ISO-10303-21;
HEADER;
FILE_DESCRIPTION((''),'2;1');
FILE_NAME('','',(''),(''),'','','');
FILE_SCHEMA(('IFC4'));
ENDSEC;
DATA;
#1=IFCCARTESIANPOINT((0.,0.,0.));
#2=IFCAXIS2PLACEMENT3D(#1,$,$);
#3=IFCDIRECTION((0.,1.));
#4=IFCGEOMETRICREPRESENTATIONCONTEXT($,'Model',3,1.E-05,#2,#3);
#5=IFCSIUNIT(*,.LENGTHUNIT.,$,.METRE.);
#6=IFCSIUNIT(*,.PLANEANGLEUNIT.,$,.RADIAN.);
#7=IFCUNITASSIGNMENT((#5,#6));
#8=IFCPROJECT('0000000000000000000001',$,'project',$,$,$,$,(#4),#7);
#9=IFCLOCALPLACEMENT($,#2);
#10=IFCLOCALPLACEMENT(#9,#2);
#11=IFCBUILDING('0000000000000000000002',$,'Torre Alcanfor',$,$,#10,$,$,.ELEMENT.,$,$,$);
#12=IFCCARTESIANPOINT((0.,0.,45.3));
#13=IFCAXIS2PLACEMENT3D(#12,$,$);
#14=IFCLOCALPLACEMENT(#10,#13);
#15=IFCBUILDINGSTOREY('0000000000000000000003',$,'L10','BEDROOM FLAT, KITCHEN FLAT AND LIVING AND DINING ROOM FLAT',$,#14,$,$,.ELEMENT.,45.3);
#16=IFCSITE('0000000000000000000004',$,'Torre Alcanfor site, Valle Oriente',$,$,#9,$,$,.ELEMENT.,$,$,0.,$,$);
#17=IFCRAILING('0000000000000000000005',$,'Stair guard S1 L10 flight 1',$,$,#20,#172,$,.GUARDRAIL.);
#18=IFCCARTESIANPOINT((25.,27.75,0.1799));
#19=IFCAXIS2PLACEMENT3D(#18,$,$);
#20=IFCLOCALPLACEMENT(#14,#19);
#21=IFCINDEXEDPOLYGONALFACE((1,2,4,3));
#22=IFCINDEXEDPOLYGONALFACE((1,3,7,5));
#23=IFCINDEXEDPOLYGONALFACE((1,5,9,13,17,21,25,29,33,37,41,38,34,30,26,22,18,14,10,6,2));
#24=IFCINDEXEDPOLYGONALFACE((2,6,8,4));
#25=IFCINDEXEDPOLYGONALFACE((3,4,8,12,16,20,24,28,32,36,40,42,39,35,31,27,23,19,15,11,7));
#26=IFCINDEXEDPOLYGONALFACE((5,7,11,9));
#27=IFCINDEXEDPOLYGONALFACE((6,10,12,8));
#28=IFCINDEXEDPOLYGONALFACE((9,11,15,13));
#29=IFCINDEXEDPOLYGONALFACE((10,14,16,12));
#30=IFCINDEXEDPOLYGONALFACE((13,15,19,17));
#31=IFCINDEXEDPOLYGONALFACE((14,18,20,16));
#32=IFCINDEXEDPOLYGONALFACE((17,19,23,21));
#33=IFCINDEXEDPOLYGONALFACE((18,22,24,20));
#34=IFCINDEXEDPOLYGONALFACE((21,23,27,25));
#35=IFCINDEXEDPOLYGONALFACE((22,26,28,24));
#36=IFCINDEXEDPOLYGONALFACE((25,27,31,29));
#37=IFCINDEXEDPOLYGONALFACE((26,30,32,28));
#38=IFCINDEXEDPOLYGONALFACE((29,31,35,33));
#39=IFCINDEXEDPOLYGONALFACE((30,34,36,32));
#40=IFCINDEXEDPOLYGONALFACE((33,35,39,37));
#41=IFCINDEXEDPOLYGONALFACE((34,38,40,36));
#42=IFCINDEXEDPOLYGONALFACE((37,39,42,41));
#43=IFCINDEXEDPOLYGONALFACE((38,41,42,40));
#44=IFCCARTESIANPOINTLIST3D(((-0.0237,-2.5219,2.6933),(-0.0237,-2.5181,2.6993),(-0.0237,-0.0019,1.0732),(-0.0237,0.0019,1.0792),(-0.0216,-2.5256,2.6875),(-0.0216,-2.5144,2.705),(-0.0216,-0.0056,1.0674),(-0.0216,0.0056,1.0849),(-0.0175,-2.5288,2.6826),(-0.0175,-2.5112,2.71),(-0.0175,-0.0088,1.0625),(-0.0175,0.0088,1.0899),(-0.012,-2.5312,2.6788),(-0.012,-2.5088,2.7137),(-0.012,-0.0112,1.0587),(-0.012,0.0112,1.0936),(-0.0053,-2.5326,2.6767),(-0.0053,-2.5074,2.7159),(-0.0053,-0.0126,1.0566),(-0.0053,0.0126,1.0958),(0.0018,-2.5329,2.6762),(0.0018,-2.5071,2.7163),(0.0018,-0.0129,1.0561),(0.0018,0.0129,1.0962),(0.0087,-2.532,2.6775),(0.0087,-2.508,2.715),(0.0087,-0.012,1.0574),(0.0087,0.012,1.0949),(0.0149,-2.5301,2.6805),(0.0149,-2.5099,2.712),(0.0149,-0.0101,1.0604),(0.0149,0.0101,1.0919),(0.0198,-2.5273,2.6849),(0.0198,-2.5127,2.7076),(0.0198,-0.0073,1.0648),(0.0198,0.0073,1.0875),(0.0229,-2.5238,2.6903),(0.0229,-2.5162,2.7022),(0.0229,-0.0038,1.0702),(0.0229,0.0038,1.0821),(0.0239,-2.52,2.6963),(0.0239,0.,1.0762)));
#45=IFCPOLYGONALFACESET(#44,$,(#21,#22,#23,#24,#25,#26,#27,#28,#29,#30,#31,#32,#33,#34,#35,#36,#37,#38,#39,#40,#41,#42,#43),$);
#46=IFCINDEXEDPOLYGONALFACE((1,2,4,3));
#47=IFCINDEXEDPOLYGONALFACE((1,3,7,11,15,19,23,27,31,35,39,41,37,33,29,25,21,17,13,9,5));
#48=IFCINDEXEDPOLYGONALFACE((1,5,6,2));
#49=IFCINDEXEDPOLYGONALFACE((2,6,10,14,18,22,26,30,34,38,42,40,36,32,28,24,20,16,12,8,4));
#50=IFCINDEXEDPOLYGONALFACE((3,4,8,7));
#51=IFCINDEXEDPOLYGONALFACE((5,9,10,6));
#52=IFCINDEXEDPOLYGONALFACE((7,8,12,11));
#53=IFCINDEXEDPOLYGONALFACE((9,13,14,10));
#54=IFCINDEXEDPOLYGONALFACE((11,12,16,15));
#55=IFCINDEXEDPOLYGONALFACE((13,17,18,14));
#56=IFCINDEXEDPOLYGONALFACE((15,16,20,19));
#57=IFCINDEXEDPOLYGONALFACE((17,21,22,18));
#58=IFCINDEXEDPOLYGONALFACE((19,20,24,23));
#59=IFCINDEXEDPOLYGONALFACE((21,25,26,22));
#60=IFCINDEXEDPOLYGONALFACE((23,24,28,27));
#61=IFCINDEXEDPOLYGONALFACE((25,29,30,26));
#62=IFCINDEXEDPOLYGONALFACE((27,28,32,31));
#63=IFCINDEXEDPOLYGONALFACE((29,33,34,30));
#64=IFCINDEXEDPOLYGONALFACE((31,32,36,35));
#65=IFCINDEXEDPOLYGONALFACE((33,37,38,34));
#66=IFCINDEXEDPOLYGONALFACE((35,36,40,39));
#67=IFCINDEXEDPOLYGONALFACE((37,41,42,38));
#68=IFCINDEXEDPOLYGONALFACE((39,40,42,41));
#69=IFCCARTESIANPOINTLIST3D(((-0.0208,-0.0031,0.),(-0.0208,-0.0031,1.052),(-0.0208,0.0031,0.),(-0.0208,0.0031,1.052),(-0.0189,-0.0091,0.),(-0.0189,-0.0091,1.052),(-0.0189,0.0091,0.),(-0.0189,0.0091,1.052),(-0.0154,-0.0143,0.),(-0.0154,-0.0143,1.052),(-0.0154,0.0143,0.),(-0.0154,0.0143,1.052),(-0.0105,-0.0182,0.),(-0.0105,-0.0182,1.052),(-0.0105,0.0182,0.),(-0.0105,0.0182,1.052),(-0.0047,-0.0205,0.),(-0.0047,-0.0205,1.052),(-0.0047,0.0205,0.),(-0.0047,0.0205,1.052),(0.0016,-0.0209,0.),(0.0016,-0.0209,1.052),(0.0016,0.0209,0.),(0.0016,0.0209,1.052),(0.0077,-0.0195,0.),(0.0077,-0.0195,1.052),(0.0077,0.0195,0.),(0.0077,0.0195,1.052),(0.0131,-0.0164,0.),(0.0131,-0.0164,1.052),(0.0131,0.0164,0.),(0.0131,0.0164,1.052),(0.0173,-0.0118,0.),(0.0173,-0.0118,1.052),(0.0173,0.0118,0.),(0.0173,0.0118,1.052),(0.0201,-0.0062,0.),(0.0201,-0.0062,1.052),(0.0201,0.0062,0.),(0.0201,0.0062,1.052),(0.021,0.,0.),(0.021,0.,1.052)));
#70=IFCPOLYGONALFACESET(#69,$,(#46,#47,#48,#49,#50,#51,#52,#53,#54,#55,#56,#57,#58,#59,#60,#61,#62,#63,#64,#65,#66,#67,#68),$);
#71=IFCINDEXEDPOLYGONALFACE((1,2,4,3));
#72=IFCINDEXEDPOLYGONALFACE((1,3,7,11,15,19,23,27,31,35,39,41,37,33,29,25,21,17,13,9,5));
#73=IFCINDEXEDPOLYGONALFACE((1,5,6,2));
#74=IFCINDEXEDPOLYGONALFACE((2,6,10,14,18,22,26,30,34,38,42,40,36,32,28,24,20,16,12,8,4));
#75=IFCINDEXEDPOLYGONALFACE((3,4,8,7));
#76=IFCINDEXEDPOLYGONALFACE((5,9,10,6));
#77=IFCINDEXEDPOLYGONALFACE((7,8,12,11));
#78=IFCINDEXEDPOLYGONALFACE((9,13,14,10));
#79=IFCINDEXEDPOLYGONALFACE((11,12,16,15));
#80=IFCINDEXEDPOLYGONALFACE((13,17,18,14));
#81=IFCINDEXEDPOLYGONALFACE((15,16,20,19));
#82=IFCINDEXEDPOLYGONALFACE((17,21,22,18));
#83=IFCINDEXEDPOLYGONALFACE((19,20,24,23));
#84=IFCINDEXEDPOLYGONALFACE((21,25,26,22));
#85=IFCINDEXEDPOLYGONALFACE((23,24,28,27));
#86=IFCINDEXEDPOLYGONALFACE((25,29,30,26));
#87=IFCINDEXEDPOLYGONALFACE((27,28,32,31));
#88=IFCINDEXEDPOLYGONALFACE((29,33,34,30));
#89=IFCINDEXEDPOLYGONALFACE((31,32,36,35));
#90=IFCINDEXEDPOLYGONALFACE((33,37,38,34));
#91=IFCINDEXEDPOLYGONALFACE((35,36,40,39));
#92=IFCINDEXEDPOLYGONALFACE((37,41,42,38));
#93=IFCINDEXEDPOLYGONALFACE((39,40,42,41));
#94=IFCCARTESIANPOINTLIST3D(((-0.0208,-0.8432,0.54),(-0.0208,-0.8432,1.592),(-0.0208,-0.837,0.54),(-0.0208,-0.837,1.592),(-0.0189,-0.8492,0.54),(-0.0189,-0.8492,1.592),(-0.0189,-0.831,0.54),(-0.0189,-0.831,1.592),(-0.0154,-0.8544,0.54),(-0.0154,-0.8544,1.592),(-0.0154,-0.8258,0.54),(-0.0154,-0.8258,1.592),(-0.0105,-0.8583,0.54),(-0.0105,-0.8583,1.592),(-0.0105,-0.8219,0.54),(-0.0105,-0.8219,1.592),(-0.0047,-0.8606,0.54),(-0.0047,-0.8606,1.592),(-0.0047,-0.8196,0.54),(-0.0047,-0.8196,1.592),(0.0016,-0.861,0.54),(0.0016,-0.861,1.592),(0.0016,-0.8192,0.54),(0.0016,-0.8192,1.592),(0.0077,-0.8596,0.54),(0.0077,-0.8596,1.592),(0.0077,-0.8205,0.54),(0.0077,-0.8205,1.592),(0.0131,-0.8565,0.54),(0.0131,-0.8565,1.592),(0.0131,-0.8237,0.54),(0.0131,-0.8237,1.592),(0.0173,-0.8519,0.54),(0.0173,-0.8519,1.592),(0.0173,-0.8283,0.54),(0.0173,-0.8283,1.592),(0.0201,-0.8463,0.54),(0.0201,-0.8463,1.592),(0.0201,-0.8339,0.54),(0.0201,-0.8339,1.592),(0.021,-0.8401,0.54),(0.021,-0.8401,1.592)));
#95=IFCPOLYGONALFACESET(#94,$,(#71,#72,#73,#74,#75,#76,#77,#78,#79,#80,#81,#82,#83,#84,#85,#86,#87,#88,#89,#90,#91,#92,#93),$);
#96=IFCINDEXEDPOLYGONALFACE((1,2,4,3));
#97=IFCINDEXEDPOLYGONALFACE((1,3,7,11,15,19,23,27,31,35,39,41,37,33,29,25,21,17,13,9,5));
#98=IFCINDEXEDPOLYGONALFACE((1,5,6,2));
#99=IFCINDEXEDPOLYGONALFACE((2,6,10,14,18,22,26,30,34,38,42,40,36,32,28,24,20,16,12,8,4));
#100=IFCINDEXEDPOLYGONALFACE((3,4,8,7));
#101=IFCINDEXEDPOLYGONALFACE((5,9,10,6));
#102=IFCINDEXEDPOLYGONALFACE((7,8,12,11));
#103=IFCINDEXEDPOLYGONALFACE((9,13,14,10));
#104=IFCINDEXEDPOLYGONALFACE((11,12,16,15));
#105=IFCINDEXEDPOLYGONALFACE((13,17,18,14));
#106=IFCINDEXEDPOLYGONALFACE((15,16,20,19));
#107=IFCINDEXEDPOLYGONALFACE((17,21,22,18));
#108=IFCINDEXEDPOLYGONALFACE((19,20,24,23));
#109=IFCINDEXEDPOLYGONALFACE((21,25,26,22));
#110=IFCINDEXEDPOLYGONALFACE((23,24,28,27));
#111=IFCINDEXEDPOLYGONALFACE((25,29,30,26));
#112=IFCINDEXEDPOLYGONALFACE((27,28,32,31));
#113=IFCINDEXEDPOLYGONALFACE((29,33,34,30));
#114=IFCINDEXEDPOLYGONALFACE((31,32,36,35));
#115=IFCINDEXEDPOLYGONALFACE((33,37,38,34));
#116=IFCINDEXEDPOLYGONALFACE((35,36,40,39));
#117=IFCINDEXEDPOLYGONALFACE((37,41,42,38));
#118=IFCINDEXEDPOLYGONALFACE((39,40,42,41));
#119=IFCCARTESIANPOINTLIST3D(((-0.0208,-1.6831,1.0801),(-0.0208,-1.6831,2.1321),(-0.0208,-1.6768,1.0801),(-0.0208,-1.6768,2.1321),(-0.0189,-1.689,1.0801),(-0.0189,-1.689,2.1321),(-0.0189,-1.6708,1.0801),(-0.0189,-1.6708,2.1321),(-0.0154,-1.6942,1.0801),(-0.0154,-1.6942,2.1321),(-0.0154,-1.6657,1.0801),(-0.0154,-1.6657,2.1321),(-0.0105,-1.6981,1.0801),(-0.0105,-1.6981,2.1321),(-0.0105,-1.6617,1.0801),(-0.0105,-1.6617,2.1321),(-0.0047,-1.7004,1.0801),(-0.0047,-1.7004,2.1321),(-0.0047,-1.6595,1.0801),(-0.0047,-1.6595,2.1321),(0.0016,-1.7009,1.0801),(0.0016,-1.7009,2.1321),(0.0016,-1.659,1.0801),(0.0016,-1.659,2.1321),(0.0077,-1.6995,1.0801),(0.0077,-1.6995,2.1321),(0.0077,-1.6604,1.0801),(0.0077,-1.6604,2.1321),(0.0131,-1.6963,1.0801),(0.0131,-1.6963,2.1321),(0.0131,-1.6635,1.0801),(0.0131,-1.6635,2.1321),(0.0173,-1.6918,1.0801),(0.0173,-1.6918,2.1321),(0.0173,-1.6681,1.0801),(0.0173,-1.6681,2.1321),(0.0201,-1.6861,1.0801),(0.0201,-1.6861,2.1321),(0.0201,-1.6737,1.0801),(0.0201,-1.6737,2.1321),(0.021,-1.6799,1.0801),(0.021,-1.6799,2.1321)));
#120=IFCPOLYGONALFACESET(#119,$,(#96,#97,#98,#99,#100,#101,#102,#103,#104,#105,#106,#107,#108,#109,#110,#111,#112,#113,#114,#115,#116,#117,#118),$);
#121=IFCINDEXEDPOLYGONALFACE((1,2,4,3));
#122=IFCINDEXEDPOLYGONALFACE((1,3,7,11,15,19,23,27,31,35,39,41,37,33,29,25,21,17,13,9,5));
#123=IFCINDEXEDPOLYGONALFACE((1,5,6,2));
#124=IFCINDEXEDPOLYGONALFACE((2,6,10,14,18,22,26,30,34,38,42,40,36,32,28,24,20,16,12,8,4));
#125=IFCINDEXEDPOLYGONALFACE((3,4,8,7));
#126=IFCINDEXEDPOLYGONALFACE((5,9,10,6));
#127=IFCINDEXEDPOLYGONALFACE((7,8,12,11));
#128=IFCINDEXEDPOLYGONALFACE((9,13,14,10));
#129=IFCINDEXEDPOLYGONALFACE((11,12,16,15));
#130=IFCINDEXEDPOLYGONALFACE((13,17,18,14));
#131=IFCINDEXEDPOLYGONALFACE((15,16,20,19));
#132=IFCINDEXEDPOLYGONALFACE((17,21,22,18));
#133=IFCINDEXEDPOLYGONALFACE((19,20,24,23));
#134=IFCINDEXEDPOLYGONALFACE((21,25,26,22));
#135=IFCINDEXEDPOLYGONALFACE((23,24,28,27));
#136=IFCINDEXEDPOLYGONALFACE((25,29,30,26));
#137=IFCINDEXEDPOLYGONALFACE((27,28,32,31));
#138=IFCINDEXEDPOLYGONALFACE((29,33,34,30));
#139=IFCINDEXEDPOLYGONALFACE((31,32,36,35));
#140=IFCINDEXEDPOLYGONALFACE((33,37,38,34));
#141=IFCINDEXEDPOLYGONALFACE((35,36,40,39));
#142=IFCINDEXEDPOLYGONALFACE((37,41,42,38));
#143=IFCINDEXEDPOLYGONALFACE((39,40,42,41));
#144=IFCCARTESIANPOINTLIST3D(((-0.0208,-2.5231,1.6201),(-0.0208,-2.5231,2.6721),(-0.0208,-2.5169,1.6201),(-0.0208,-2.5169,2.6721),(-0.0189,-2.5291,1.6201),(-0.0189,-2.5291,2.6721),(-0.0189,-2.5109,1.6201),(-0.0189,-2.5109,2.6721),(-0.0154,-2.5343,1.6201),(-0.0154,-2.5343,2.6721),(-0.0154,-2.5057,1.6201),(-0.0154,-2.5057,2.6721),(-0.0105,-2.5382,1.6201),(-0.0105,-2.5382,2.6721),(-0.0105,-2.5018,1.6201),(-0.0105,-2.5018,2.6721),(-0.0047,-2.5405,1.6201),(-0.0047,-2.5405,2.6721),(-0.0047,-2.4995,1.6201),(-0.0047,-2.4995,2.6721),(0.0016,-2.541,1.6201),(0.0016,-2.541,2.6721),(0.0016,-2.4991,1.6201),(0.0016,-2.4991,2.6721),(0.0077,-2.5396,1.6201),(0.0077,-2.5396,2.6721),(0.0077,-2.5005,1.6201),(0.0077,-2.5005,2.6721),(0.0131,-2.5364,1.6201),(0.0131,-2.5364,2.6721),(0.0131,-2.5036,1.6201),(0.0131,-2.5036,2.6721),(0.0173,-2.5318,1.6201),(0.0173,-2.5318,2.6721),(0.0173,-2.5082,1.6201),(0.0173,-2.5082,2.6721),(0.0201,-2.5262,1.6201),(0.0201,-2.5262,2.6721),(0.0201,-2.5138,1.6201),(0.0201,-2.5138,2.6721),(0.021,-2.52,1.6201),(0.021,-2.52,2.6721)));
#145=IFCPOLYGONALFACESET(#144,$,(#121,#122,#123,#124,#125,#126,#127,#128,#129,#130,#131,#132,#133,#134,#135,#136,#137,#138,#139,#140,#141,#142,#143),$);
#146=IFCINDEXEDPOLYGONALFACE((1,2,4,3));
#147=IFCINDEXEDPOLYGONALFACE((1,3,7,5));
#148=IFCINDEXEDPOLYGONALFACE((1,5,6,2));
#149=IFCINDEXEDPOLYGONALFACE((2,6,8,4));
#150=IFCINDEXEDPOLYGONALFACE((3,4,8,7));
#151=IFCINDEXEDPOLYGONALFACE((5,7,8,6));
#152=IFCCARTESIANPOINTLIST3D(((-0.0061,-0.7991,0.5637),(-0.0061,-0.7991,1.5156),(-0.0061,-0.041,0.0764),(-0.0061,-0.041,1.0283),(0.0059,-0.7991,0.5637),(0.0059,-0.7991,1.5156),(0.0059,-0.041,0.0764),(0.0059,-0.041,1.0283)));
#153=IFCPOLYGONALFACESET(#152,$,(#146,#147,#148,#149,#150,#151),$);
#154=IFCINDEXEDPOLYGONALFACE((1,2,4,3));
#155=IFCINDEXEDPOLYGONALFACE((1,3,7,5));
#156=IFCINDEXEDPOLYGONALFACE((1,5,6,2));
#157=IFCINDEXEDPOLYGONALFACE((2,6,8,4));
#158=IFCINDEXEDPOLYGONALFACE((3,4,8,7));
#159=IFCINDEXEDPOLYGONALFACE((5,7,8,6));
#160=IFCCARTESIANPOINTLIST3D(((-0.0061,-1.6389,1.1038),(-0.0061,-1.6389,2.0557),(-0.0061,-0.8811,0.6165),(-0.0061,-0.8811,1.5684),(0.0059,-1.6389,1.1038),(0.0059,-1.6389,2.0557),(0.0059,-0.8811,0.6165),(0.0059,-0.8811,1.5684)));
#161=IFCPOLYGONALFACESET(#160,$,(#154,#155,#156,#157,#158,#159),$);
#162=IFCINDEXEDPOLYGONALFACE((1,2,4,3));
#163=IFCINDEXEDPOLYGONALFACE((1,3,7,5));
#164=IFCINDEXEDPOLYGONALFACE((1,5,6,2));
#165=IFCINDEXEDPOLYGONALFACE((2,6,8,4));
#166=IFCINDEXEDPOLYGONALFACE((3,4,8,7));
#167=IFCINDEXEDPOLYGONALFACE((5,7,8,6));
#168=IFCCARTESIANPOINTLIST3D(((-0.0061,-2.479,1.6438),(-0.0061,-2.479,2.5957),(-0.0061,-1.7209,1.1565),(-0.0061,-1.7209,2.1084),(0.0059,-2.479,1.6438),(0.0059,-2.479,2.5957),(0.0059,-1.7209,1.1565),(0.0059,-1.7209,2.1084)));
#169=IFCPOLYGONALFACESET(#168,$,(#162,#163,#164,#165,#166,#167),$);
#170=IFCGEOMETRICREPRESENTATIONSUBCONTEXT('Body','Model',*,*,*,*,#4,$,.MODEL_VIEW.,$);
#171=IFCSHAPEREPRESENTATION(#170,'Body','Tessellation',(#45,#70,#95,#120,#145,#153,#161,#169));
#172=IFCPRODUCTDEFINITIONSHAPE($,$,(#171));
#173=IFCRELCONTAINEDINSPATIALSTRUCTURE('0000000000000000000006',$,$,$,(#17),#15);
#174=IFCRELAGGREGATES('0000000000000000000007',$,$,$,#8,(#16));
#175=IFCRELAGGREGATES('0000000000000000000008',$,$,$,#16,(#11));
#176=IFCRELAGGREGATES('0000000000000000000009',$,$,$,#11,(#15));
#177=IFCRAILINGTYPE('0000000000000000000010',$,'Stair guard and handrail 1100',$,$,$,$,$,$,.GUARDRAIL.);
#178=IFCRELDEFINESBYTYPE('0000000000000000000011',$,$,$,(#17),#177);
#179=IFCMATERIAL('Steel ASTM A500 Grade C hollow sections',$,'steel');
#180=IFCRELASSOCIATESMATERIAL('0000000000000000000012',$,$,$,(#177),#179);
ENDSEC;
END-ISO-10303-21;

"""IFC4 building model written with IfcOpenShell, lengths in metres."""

from ifc_helpers import new_model, si_unit, direction, frame, origin, origin_2d, place, context, subcontext, project, spatial, polyline, circle, outline, extrude, material, type_object, element, save


model = new_model("IFC4")

# Units and contexts
model_context = context("Model", 3, precision=1e-05, world=origin(), true_north=direction((0.0, 1.0)))
body_context = subcontext(model_context, "Body", "Model", "MODEL_VIEW")
ifc_project = project(units=[si_unit("LENGTHUNIT", "METRE"), si_unit("PLANEANGLEUNIT", "RADIAN")], contexts=[model_context])

# Site, building, storey
site_placement = place(None, origin())
site = spatial("IfcSite", under=ifc_project, at=site_placement, Name="Torre Alcanfor site, Valle Oriente", CompositionType="ELEMENT", RefElevation=0.0)
building_placement = place(site_placement, origin())
building = spatial("IfcBuilding", under=site, at=building_placement, Name="Torre Alcanfor", CompositionType="ELEMENT")
storey_placement = place(building_placement, frame((0.0, 0.0, 45.3)))
storey = spatial("IfcBuildingStorey", under=building, at=storey_placement, Name="L10", Description="BEDROOM FLAT, KITCHEN FLAT AND LIVING AND DINING ROOM FLAT", CompositionType="ELEMENT", Elevation=45.3)

# Railing
ifc_material_1 = material(Name="Steel ASTM A500 Grade C hollow sections", Category="steel")
railing_type_1 = type_object("IfcRailingType", Name="Stair guard and handrail 1100", PredefinedType="GUARDRAIL", material=ifc_material_1)
railing_1_placement = place(storey_placement, frame((25.0, 27.75, 0.1799)))
element("IfcRailing", 1, at=railing_1_placement, inside=storey, type_object=railing_type_1, Name="Stair guard S1 L10 flight 1", PredefinedType="GUARDRAIL", context=body_context, shape_type="SweptSolid", body=[
    extrude(circle(Radius=0.0239, at=origin_2d()), frame((0.0, 0.0, 1.0762), z_axis=(0.0, -0.841163, 0.540782), x_axis=(1.0, 0.0, 0.0)), (0.0, 0.0, 1.0), 2.9958),
    extrude(circle(Radius=0.021, at=origin_2d()), origin(), (0.0, 0.0, 1.0), 1.052),
    extrude(circle(Radius=0.021, at=origin_2d()), frame((0.0, -0.8401, 0.54)), (0.0, 0.0, 1.0), 1.052),
    extrude(circle(Radius=0.021, at=origin_2d()), frame((0.0, -1.6799, 1.0801)), (0.0, 0.0, 1.0), 1.052),
    extrude(circle(Radius=0.021, at=origin_2d()), frame((0.0, -2.52, 1.6201)), (0.0, 0.0, 1.0), 1.052),
    extrude(outline(polyline([(0.041, 0.0764), (0.7991, 0.5637), (0.7991, 1.5156), (0.041, 1.0283), (0.041, 0.0764)])), frame((0.0059, 0.0, 0.0), z_axis=(-1.0, 0.0, 0.0), x_axis=(0.0, -1.0, 0.0)), (0.0, 0.0, 1.0), 0.012),
    extrude(outline(polyline([(0.8811, 0.6165), (1.6389, 1.1038), (1.6389, 2.0557), (0.8811, 1.5684), (0.8811, 0.6165)])), frame((0.0059, 0.0, 0.0), z_axis=(-1.0, 0.0, 0.0), x_axis=(0.0, -1.0, 0.0)), (0.0, 0.0, 1.0), 0.012),
    extrude(outline(polyline([(1.7209, 1.1565), (2.479, 1.6438), (2.479, 2.5957), (1.7209, 2.1084), (1.7209, 1.1565)])), frame((0.0059, 0.0, 0.0), z_axis=(-1.0, 0.0, 0.0), x_axis=(0.0, -1.0, 0.0)), (0.0, 0.0, 1.0), 0.012),
])

save(model, "model.ifc")
